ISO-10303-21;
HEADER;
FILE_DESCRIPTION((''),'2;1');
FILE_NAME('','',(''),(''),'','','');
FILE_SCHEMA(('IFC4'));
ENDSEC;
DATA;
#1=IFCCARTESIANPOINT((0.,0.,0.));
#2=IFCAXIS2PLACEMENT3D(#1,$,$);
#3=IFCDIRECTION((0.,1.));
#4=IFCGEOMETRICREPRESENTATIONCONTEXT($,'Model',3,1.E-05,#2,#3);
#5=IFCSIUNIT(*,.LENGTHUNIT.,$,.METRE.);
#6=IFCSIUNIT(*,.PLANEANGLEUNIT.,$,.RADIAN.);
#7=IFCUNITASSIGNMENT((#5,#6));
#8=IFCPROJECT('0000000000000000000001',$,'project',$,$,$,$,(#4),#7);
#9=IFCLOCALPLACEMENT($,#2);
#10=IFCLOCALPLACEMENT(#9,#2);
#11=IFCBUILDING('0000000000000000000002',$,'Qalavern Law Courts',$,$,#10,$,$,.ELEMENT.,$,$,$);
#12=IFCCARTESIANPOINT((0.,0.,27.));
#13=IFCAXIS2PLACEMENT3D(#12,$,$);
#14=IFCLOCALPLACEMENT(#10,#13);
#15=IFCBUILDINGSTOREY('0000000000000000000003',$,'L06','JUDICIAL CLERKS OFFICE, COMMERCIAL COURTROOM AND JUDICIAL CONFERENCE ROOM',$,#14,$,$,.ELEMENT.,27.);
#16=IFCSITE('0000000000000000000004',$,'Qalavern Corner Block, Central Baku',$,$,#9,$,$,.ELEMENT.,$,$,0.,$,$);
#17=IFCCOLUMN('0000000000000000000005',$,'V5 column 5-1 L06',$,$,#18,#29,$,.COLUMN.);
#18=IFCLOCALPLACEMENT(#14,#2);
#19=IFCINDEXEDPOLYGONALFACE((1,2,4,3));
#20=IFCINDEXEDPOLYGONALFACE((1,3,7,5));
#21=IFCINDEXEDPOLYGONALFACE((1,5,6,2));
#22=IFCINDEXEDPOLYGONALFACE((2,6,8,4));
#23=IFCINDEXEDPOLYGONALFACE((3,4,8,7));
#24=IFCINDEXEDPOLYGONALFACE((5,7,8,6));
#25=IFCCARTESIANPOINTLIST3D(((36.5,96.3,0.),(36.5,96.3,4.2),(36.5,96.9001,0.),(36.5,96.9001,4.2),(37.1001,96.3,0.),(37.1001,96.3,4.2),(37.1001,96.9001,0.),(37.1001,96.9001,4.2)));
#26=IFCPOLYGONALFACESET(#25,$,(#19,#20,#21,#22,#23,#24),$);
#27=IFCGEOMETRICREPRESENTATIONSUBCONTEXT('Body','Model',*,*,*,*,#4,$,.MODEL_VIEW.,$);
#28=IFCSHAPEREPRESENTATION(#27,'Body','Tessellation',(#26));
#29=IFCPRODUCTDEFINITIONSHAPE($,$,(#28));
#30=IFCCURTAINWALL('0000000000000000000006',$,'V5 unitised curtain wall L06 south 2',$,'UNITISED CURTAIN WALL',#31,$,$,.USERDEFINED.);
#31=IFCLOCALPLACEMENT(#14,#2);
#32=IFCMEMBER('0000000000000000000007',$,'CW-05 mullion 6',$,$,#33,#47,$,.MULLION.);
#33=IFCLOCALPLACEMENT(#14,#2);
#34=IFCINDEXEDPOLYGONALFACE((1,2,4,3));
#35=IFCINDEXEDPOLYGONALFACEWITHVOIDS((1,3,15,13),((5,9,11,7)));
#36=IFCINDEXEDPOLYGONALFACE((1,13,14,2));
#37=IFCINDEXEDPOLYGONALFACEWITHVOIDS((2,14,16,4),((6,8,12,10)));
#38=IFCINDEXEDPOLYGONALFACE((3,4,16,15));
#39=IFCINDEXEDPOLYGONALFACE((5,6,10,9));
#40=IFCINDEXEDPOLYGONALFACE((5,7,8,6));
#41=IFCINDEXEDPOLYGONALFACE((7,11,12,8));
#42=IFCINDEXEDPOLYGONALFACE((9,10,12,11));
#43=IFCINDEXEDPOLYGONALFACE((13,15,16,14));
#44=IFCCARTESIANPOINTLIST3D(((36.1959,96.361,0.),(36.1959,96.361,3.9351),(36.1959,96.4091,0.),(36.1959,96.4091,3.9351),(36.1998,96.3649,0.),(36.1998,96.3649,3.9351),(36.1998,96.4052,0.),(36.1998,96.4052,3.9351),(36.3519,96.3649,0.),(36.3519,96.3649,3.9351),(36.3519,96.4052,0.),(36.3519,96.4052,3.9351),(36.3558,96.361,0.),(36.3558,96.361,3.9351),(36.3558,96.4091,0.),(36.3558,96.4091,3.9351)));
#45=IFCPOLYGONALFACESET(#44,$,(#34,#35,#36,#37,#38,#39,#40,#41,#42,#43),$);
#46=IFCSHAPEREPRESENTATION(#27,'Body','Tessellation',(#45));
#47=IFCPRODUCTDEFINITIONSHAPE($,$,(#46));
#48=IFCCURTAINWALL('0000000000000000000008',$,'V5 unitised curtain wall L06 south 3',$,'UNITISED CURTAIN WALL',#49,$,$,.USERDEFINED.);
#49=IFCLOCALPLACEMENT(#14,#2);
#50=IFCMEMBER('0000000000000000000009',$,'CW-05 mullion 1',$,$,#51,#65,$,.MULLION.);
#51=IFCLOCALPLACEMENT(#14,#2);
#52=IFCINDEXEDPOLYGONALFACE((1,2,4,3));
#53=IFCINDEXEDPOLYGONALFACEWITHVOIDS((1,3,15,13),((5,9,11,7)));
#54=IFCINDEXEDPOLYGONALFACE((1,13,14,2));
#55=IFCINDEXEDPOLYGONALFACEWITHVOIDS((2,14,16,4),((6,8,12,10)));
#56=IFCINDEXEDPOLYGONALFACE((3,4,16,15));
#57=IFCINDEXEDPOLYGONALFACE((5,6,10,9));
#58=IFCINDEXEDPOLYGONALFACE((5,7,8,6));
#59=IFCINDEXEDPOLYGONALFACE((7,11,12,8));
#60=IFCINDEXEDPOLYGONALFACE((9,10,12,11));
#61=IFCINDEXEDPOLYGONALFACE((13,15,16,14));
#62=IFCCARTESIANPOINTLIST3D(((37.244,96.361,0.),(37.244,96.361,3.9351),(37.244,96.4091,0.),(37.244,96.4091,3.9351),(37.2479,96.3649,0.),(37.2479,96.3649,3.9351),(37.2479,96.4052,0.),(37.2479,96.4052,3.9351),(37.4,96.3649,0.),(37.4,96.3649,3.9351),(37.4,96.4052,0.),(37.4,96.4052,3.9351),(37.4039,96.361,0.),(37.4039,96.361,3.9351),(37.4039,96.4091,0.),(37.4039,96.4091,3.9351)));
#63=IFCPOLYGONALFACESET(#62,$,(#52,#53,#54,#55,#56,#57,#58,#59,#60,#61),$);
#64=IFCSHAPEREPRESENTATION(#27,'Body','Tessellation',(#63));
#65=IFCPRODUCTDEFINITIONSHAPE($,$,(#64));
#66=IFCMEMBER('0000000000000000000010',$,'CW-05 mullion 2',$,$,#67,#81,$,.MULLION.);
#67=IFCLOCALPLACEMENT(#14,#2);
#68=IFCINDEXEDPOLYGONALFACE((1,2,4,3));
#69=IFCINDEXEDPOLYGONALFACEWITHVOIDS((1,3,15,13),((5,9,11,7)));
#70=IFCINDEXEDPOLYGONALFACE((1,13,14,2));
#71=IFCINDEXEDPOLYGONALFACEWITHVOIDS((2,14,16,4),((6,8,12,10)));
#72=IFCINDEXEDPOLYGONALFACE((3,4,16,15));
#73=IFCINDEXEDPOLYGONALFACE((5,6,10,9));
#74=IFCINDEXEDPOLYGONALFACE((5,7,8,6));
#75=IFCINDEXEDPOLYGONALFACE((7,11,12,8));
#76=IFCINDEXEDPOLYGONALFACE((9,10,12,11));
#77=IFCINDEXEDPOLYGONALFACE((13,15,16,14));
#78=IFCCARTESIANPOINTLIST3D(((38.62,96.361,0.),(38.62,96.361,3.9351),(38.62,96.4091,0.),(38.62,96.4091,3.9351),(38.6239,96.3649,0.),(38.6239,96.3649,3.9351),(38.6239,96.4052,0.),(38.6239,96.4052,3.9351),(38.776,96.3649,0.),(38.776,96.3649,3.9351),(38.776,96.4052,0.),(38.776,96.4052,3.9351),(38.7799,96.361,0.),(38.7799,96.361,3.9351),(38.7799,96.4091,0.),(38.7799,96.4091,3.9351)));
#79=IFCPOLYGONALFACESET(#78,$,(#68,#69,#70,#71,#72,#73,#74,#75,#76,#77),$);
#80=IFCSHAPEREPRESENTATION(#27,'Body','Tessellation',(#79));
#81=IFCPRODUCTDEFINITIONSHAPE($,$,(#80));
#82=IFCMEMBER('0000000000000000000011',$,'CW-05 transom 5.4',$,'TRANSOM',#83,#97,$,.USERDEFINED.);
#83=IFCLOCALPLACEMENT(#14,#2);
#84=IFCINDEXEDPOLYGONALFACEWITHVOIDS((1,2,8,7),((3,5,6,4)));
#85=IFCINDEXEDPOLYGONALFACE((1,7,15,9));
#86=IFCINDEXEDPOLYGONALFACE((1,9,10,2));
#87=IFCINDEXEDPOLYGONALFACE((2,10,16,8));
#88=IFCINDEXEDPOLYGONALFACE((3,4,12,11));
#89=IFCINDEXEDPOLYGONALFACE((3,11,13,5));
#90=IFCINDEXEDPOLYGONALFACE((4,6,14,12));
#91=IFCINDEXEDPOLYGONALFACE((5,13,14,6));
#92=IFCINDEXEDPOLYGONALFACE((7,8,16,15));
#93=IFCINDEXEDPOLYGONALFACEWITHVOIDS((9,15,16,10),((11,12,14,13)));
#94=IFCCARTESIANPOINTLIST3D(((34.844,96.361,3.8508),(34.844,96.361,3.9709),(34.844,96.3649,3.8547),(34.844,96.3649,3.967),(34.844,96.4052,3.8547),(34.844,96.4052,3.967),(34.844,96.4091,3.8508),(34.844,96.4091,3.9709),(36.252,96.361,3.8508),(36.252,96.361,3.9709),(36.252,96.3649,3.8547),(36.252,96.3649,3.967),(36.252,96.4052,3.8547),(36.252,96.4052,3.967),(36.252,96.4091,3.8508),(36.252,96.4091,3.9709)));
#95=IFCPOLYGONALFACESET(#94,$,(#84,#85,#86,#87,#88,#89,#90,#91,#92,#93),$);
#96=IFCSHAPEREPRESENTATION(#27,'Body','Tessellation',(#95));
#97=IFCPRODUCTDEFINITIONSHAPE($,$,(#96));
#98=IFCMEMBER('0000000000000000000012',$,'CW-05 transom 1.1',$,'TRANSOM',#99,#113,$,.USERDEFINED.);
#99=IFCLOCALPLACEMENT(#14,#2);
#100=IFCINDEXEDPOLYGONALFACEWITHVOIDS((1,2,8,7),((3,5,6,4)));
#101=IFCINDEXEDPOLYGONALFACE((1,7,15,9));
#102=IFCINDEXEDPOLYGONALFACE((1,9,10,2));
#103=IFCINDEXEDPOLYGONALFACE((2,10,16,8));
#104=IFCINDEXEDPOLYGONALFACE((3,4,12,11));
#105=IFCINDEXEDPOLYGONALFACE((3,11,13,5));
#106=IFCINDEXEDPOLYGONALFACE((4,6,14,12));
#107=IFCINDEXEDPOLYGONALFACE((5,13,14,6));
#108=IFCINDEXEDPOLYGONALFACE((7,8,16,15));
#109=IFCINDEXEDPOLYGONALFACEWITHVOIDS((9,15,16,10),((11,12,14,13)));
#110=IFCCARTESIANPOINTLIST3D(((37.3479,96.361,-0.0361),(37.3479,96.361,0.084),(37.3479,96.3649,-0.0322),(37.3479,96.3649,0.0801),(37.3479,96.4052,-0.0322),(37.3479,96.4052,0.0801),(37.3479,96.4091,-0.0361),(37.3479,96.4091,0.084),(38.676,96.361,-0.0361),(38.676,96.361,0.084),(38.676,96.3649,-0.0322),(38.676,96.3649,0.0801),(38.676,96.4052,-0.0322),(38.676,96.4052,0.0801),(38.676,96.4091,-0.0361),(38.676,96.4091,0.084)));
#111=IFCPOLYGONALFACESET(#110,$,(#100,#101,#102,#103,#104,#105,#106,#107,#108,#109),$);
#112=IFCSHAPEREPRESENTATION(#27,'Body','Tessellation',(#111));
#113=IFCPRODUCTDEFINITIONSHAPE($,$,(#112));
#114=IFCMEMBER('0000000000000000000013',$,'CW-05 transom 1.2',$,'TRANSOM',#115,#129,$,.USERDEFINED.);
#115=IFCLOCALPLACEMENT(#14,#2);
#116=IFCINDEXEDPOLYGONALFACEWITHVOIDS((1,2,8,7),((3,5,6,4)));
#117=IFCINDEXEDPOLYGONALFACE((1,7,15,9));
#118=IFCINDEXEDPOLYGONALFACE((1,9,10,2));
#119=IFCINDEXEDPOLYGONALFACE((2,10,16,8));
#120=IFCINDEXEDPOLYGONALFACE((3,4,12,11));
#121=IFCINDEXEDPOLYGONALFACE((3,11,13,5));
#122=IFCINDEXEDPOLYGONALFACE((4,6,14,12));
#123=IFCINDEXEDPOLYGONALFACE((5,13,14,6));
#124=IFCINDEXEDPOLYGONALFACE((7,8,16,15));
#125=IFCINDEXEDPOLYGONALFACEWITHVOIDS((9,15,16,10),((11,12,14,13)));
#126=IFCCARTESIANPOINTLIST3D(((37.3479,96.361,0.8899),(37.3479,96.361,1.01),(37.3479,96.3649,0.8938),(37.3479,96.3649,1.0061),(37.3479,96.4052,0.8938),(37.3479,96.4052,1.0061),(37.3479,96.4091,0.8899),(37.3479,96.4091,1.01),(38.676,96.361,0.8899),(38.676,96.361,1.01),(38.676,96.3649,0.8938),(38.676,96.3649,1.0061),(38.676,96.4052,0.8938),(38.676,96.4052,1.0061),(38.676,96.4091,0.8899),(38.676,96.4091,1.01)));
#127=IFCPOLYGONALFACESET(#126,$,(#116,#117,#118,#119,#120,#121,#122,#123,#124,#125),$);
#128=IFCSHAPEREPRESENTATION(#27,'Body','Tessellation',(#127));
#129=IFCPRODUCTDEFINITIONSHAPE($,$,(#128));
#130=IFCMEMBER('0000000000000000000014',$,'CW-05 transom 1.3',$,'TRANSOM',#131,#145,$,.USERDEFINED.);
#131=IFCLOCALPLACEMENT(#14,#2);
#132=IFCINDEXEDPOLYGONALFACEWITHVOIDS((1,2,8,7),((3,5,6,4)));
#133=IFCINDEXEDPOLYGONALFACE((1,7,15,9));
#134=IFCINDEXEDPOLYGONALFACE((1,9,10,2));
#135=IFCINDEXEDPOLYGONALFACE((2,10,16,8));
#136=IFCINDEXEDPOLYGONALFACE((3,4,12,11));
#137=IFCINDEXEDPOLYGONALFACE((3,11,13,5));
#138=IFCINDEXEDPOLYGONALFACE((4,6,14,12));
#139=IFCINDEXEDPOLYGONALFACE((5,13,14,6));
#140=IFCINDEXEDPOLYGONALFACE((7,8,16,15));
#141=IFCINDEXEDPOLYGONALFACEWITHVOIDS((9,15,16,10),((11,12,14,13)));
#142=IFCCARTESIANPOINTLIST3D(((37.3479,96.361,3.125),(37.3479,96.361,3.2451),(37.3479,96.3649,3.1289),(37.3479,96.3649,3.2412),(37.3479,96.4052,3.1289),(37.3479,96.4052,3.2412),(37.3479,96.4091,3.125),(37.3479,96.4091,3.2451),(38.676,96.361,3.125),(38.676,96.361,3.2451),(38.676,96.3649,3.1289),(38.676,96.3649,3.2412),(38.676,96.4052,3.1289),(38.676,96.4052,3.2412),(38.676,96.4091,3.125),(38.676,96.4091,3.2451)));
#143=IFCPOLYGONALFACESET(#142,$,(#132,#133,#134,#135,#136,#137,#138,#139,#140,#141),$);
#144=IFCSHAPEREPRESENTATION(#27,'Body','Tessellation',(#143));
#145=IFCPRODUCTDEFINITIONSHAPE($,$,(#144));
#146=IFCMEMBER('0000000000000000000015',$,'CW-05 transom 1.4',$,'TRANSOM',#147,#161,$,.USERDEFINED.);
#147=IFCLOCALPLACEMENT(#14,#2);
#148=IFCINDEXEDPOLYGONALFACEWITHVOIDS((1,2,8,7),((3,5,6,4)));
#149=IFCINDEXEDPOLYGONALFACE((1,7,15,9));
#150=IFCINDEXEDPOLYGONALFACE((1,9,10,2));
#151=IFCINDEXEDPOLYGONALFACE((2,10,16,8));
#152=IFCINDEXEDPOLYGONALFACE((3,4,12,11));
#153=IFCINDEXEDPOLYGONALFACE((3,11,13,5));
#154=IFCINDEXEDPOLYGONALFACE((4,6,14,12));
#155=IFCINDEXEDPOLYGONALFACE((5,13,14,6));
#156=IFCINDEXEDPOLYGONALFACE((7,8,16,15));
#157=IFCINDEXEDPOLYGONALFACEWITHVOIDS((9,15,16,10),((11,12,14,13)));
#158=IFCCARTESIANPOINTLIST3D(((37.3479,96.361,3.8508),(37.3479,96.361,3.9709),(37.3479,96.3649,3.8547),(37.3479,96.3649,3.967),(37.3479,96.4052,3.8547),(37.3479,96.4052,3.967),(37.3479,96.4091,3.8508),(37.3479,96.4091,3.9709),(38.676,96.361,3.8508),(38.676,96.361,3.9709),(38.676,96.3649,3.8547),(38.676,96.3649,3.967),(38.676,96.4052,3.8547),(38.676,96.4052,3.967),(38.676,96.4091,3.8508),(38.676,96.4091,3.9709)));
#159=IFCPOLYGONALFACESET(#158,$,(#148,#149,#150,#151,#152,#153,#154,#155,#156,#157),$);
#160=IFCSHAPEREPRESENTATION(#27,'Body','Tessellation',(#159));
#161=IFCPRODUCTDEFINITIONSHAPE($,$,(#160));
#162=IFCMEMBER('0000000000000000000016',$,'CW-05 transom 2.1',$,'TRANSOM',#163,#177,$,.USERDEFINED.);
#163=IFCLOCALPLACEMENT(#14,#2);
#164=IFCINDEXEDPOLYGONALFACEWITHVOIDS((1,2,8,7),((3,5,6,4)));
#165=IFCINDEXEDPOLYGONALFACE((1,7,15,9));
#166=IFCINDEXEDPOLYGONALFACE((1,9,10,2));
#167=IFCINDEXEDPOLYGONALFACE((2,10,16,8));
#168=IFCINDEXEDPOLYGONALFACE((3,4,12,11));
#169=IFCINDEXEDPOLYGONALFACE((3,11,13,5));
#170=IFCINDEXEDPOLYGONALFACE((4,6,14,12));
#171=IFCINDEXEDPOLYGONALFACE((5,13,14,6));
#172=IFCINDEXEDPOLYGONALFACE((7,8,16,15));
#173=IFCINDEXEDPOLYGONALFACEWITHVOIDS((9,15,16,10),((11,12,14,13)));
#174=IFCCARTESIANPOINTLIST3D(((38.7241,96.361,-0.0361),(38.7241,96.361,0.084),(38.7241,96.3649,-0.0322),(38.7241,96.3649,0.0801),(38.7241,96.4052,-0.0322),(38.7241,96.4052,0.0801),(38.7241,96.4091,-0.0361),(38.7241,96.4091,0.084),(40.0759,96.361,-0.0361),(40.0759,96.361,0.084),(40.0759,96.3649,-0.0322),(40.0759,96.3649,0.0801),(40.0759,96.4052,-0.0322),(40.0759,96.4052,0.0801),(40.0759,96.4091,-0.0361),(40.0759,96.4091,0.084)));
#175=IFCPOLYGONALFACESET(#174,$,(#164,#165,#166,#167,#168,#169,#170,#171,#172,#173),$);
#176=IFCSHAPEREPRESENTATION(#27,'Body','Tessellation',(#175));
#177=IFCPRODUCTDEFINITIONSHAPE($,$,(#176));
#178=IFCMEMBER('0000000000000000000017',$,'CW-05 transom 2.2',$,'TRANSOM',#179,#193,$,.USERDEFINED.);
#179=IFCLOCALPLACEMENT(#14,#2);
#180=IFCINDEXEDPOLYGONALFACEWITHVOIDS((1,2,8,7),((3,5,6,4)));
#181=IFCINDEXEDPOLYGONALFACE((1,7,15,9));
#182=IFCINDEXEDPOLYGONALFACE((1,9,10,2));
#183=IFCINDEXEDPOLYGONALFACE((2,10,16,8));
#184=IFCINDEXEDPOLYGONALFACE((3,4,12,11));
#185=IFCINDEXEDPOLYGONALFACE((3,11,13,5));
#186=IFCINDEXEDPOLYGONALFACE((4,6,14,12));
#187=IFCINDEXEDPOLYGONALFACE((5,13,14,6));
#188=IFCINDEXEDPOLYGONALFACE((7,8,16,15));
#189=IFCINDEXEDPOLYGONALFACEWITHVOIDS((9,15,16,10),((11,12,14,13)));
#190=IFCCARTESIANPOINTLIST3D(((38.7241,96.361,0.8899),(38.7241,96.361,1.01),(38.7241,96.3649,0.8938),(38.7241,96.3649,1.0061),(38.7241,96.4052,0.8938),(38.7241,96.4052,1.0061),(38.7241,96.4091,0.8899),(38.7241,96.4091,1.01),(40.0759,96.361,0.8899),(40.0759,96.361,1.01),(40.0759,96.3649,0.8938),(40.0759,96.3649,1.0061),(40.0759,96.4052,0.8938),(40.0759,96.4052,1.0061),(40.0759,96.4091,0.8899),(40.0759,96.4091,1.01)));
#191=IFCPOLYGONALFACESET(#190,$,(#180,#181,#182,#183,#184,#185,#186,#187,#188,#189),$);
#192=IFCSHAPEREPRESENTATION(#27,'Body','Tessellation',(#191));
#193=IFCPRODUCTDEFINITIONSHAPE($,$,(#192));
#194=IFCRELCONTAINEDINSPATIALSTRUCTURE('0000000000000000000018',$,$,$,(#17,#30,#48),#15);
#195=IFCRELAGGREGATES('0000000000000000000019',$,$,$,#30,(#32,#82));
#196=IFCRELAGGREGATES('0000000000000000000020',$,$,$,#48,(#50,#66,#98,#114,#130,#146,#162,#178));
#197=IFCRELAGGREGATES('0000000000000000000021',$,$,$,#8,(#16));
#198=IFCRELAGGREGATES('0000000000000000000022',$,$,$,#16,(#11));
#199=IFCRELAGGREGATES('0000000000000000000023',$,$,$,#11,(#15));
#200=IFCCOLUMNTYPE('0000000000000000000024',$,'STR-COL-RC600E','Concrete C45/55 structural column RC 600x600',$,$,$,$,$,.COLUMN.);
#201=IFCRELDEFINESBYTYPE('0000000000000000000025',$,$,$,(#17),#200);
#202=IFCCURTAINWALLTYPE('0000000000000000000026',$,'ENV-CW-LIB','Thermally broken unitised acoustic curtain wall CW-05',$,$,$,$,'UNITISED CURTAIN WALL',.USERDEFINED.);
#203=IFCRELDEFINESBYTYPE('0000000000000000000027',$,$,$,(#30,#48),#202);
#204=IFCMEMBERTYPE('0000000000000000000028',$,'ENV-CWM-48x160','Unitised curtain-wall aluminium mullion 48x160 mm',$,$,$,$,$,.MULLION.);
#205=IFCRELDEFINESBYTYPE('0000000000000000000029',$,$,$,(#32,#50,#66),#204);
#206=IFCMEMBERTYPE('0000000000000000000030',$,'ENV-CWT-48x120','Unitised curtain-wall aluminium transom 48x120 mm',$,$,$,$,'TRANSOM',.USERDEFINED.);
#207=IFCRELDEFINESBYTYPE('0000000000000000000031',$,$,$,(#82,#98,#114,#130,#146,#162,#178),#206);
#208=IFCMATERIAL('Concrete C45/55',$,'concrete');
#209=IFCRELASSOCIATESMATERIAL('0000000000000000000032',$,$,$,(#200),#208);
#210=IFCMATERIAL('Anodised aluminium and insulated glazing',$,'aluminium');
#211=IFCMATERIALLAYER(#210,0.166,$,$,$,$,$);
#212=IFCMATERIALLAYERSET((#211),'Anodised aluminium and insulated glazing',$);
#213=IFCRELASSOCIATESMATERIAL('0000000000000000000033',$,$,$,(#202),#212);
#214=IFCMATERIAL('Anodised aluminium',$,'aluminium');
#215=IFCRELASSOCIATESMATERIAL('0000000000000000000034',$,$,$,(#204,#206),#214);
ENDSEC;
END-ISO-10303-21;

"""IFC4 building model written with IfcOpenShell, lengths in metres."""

from ifc_helpers import new_model, si_unit, direction, frame, origin, origin_2d, place, context, subcontext, project, spatial, rectangle, hollow_rectangle, extrude, material, layer, layer_set, material_profile, profile_set, type_object, element, aggregate, save


model = new_model("IFC4")

# Units and contexts
model_context = context("Model", 3, precision=1e-05, world=origin(), true_north=direction((0.0, 1.0)))
body_context = subcontext(model_context, "Body", "Model", "MODEL_VIEW")
ifc_project = project(units=[si_unit("LENGTHUNIT", "METRE"), si_unit("PLANEANGLEUNIT", "RADIAN")], contexts=[model_context])

# Site, building, storey
site_placement = place(None, origin())
site = spatial("IfcSite", under=ifc_project, at=site_placement, Name="Qalavern Corner Block, Central Baku", CompositionType="ELEMENT", RefElevation=0.0)
building_placement = place(site_placement, origin())
building = spatial("IfcBuilding", under=site, at=building_placement, Name="Qalavern Law Courts", CompositionType="ELEMENT")
storey_placement = place(building_placement, frame((0.0, 0.0, 27.0)))
storey = spatial("IfcBuildingStorey", under=building, at=storey_placement, Name="L06", Description="JUDICIAL CLERKS OFFICE, COMMERCIAL COURTROOM AND JUDICIAL CONFERENCE ROOM", CompositionType="ELEMENT", Elevation=27.0)

# Column
ifc_material_1 = material(Name="Concrete C45/55", Category="concrete")
ifc_material_profile_1 = material_profile(ifc_material_1, rectangle(XDim=0.6001, YDim=0.6001, at=origin_2d()), Name="RC 600x600")
ifc_profile_set_1 = profile_set([ifc_material_profile_1], Name="Concrete C45/55")
column_type = type_object("IfcColumnType", Name="STR-COL-RC600E", Description="Concrete C45/55 structural column RC 600x600", PredefinedType="COLUMN", material=ifc_profile_set_1)
column_placement = place(storey_placement, frame((36.8, 96.6001, 0.0), z_axis=(0.0, 0.0, 1.0), x_axis=(1.0, 0.0, 0.0)))
element("IfcColumn", 1, at=column_placement, inside=storey, type_object=column_type, Name="V5 column 5-1 L06", PredefinedType="COLUMN", context=body_context, shape_type="SweptSolid", body=[
    extrude(rectangle(XDim=0.6001, YDim=0.6001, at=origin_2d()), origin(), (0.0, 0.0, 1.0), 4.2),
])

# Curtain wall, member
ifc_material_2 = material(Name="Anodised aluminium and insulated glazing", Category="aluminium")
ifc_layer_1 = layer(ifc_material_2, 0.166)
ifc_layer_set_1 = layer_set([ifc_layer_1], Name="Anodised aluminium and insulated glazing")
curtain_wall_type = type_object("IfcCurtainWallType", Name="ENV-CW-LIB", Description="Thermally broken unitised acoustic curtain wall CW-05", ElementType="UNITISED CURTAIN WALL", PredefinedType="USERDEFINED", material=ifc_layer_set_1)
curtain_wall_1_placement = place(storey_placement, origin())
curtain_wall_1 = element("IfcCurtainWall", 2, at=curtain_wall_1_placement, inside=storey, type_object=curtain_wall_type, Name="V5 unitised curtain wall L06 south 2", ObjectType="UNITISED CURTAIN WALL", PredefinedType="USERDEFINED")
ifc_material_3 = material(Name="Anodised aluminium", Category="aluminium")
ifc_material_profile_2 = material_profile(ifc_material_3, hollow_rectangle(XDim=0.0481, YDim=0.1599, WallThickness=0.0039, at=origin_2d()), Name="ALU MULLION 48x160")
ifc_profile_set_2 = profile_set([ifc_material_profile_2], Name="Anodised aluminium")
member_type_1 = type_object("IfcMemberType", Name="ENV-CWM-48x160", Description="Unitised curtain-wall aluminium mullion 48x160 mm", PredefinedType="MULLION", material=ifc_profile_set_2)
member_1_placement = place(storey_placement, frame((36.2759, 96.385, 0.0), z_axis=(0.0, 0.0, 1.0), x_axis=(0.0, 1.0, 0.0)))
member_1 = element("IfcMember", 3, at=member_1_placement, type_object=member_type_1, Name="CW-05 mullion 6", PredefinedType="MULLION", context=body_context, shape_type="SweptSolid", body=[
    extrude(hollow_rectangle(XDim=0.0481, YDim=0.1599, WallThickness=0.0039, at=origin_2d()), origin(), (0.0, 0.0, 1.0), 3.9351),
])

# Curtain wall, members
curtain_wall_2_placement = place(storey_placement, origin())
curtain_wall_2 = element("IfcCurtainWall", 4, at=curtain_wall_2_placement, inside=storey, type_object=curtain_wall_type, Name="V5 unitised curtain wall L06 south 3", ObjectType="UNITISED CURTAIN WALL", PredefinedType="USERDEFINED")
member_2_placement = place(storey_placement, frame((37.324, 96.385, 0.0), z_axis=(0.0, 0.0, 1.0), x_axis=(0.0, 1.0, 0.0)))
member_2 = element("IfcMember", 5, at=member_2_placement, type_object=member_type_1, Name="CW-05 mullion 1", PredefinedType="MULLION", context=body_context, shape_type="SweptSolid", body=[
    extrude(hollow_rectangle(XDim=0.0481, YDim=0.1599, WallThickness=0.0039, at=origin_2d()), origin(), (0.0, 0.0, 1.0), 3.9351),
])
member_3_placement = place(storey_placement, frame((38.7, 96.385, 0.0), z_axis=(0.0, 0.0, 1.0), x_axis=(0.0, 1.0, 0.0)))
member_3 = element("IfcMember", 6, at=member_3_placement, type_object=member_type_1, Name="CW-05 mullion 2", PredefinedType="MULLION", context=body_context, shape_type="SweptSolid", body=[
    extrude(hollow_rectangle(XDim=0.0481, YDim=0.1599, WallThickness=0.0039, at=origin_2d()), origin(), (0.0, 0.0, 1.0), 3.9351),
])

# Members
ifc_material_profile_3 = material_profile(ifc_material_3, hollow_rectangle(XDim=0.0481, YDim=0.1201, WallThickness=0.0039, at=origin_2d()), Name="ALU TRANSOM 48x120")
ifc_profile_set_3 = profile_set([ifc_material_profile_3], Name="Anodised aluminium")
member_type_2 = type_object("IfcMemberType", Name="ENV-CWT-48x120", Description="Unitised curtain-wall aluminium transom 48x120 mm", ElementType="TRANSOM", PredefinedType="USERDEFINED", material=ifc_profile_set_3)
member_4_placement = place(storey_placement, frame((34.844, 96.385, 3.9109), z_axis=(1.0, 0.0, 0.0), x_axis=(0.0, 1.0, 0.0)))
member_4 = element("IfcMember", 7, at=member_4_placement, type_object=member_type_2, Name="CW-05 transom 5.4", ObjectType="TRANSOM", PredefinedType="USERDEFINED", context=body_context, shape_type="SweptSolid", body=[
    extrude(hollow_rectangle(XDim=0.0481, YDim=0.1201, WallThickness=0.0039, at=origin_2d()), origin(), (0.0, 0.0, 1.0), 1.408),
])
member_5_placement = place(storey_placement, frame((37.3479, 96.385, 0.0239), z_axis=(1.0, 0.0, 0.0), x_axis=(0.0, 1.0, 0.0)))
member_5 = element("IfcMember", 8, at=member_5_placement, type_object=member_type_2, Name="CW-05 transom 1.1", ObjectType="TRANSOM", PredefinedType="USERDEFINED", context=body_context, shape_type="SweptSolid", body=[
    extrude(hollow_rectangle(XDim=0.0481, YDim=0.1201, WallThickness=0.0039, at=origin_2d()), origin(), (0.0, 0.0, 1.0), 1.3281),
])
member_6_placement = place(storey_placement, frame((37.3479, 96.385, 0.95), z_axis=(1.0, 0.0, 0.0), x_axis=(0.0, 1.0, 0.0)))
member_6 = element("IfcMember", 9, at=member_6_placement, type_object=member_type_2, Name="CW-05 transom 1.2", ObjectType="TRANSOM", PredefinedType="USERDEFINED", context=body_context, shape_type="SweptSolid", body=[
    extrude(hollow_rectangle(XDim=0.0481, YDim=0.1201, WallThickness=0.0039, at=origin_2d()), origin(), (0.0, 0.0, 1.0), 1.3281),
])
member_7_placement = place(storey_placement, frame((37.3479, 96.385, 3.1851), z_axis=(1.0, 0.0, 0.0), x_axis=(0.0, 1.0, 0.0)))
member_7 = element("IfcMember", 10, at=member_7_placement, type_object=member_type_2, Name="CW-05 transom 1.3", ObjectType="TRANSOM", PredefinedType="USERDEFINED", context=body_context, shape_type="SweptSolid", body=[
    extrude(hollow_rectangle(XDim=0.0481, YDim=0.1201, WallThickness=0.0039, at=origin_2d()), origin(), (0.0, 0.0, 1.0), 1.3281),
])
member_8_placement = place(storey_placement, frame((37.3479, 96.385, 3.9109), z_axis=(1.0, 0.0, 0.0), x_axis=(0.0, 1.0, 0.0)))
member_8 = element("IfcMember", 11, at=member_8_placement, type_object=member_type_2, Name="CW-05 transom 1.4", ObjectType="TRANSOM", PredefinedType="USERDEFINED", context=body_context, shape_type="SweptSolid", body=[
    extrude(hollow_rectangle(XDim=0.0481, YDim=0.1201, WallThickness=0.0039, at=origin_2d()), origin(), (0.0, 0.0, 1.0), 1.3281),
])
member_9_placement = place(storey_placement, frame((38.7241, 96.385, 0.0239), z_axis=(1.0, 0.0, 0.0), x_axis=(0.0, 1.0, 0.0)))
member_9 = element("IfcMember", 12, at=member_9_placement, type_object=member_type_2, Name="CW-05 transom 2.1", ObjectType="TRANSOM", PredefinedType="USERDEFINED", context=body_context, shape_type="SweptSolid", body=[
    extrude(hollow_rectangle(XDim=0.0481, YDim=0.1201, WallThickness=0.0039, at=origin_2d()), origin(), (0.0, 0.0, 1.0), 1.3518),
])
member_10_placement = place(storey_placement, frame((38.7241, 96.385, 0.95), z_axis=(1.0, 0.0, 0.0), x_axis=(0.0, 1.0, 0.0)))
member_10 = element("IfcMember", 13, at=member_10_placement, type_object=member_type_2, Name="CW-05 transom 2.2", ObjectType="TRANSOM", PredefinedType="USERDEFINED", context=body_context, shape_type="SweptSolid", body=[
    extrude(hollow_rectangle(XDim=0.0481, YDim=0.1201, WallThickness=0.0039, at=origin_2d()), origin(), (0.0, 0.0, 1.0), 1.3518),
])

aggregate(curtain_wall_1, [member_1, member_4])
aggregate(curtain_wall_2, [member_2, member_3, member_5, member_6, member_7, member_8, member_9, member_10])

save(model, "model.ifc")
